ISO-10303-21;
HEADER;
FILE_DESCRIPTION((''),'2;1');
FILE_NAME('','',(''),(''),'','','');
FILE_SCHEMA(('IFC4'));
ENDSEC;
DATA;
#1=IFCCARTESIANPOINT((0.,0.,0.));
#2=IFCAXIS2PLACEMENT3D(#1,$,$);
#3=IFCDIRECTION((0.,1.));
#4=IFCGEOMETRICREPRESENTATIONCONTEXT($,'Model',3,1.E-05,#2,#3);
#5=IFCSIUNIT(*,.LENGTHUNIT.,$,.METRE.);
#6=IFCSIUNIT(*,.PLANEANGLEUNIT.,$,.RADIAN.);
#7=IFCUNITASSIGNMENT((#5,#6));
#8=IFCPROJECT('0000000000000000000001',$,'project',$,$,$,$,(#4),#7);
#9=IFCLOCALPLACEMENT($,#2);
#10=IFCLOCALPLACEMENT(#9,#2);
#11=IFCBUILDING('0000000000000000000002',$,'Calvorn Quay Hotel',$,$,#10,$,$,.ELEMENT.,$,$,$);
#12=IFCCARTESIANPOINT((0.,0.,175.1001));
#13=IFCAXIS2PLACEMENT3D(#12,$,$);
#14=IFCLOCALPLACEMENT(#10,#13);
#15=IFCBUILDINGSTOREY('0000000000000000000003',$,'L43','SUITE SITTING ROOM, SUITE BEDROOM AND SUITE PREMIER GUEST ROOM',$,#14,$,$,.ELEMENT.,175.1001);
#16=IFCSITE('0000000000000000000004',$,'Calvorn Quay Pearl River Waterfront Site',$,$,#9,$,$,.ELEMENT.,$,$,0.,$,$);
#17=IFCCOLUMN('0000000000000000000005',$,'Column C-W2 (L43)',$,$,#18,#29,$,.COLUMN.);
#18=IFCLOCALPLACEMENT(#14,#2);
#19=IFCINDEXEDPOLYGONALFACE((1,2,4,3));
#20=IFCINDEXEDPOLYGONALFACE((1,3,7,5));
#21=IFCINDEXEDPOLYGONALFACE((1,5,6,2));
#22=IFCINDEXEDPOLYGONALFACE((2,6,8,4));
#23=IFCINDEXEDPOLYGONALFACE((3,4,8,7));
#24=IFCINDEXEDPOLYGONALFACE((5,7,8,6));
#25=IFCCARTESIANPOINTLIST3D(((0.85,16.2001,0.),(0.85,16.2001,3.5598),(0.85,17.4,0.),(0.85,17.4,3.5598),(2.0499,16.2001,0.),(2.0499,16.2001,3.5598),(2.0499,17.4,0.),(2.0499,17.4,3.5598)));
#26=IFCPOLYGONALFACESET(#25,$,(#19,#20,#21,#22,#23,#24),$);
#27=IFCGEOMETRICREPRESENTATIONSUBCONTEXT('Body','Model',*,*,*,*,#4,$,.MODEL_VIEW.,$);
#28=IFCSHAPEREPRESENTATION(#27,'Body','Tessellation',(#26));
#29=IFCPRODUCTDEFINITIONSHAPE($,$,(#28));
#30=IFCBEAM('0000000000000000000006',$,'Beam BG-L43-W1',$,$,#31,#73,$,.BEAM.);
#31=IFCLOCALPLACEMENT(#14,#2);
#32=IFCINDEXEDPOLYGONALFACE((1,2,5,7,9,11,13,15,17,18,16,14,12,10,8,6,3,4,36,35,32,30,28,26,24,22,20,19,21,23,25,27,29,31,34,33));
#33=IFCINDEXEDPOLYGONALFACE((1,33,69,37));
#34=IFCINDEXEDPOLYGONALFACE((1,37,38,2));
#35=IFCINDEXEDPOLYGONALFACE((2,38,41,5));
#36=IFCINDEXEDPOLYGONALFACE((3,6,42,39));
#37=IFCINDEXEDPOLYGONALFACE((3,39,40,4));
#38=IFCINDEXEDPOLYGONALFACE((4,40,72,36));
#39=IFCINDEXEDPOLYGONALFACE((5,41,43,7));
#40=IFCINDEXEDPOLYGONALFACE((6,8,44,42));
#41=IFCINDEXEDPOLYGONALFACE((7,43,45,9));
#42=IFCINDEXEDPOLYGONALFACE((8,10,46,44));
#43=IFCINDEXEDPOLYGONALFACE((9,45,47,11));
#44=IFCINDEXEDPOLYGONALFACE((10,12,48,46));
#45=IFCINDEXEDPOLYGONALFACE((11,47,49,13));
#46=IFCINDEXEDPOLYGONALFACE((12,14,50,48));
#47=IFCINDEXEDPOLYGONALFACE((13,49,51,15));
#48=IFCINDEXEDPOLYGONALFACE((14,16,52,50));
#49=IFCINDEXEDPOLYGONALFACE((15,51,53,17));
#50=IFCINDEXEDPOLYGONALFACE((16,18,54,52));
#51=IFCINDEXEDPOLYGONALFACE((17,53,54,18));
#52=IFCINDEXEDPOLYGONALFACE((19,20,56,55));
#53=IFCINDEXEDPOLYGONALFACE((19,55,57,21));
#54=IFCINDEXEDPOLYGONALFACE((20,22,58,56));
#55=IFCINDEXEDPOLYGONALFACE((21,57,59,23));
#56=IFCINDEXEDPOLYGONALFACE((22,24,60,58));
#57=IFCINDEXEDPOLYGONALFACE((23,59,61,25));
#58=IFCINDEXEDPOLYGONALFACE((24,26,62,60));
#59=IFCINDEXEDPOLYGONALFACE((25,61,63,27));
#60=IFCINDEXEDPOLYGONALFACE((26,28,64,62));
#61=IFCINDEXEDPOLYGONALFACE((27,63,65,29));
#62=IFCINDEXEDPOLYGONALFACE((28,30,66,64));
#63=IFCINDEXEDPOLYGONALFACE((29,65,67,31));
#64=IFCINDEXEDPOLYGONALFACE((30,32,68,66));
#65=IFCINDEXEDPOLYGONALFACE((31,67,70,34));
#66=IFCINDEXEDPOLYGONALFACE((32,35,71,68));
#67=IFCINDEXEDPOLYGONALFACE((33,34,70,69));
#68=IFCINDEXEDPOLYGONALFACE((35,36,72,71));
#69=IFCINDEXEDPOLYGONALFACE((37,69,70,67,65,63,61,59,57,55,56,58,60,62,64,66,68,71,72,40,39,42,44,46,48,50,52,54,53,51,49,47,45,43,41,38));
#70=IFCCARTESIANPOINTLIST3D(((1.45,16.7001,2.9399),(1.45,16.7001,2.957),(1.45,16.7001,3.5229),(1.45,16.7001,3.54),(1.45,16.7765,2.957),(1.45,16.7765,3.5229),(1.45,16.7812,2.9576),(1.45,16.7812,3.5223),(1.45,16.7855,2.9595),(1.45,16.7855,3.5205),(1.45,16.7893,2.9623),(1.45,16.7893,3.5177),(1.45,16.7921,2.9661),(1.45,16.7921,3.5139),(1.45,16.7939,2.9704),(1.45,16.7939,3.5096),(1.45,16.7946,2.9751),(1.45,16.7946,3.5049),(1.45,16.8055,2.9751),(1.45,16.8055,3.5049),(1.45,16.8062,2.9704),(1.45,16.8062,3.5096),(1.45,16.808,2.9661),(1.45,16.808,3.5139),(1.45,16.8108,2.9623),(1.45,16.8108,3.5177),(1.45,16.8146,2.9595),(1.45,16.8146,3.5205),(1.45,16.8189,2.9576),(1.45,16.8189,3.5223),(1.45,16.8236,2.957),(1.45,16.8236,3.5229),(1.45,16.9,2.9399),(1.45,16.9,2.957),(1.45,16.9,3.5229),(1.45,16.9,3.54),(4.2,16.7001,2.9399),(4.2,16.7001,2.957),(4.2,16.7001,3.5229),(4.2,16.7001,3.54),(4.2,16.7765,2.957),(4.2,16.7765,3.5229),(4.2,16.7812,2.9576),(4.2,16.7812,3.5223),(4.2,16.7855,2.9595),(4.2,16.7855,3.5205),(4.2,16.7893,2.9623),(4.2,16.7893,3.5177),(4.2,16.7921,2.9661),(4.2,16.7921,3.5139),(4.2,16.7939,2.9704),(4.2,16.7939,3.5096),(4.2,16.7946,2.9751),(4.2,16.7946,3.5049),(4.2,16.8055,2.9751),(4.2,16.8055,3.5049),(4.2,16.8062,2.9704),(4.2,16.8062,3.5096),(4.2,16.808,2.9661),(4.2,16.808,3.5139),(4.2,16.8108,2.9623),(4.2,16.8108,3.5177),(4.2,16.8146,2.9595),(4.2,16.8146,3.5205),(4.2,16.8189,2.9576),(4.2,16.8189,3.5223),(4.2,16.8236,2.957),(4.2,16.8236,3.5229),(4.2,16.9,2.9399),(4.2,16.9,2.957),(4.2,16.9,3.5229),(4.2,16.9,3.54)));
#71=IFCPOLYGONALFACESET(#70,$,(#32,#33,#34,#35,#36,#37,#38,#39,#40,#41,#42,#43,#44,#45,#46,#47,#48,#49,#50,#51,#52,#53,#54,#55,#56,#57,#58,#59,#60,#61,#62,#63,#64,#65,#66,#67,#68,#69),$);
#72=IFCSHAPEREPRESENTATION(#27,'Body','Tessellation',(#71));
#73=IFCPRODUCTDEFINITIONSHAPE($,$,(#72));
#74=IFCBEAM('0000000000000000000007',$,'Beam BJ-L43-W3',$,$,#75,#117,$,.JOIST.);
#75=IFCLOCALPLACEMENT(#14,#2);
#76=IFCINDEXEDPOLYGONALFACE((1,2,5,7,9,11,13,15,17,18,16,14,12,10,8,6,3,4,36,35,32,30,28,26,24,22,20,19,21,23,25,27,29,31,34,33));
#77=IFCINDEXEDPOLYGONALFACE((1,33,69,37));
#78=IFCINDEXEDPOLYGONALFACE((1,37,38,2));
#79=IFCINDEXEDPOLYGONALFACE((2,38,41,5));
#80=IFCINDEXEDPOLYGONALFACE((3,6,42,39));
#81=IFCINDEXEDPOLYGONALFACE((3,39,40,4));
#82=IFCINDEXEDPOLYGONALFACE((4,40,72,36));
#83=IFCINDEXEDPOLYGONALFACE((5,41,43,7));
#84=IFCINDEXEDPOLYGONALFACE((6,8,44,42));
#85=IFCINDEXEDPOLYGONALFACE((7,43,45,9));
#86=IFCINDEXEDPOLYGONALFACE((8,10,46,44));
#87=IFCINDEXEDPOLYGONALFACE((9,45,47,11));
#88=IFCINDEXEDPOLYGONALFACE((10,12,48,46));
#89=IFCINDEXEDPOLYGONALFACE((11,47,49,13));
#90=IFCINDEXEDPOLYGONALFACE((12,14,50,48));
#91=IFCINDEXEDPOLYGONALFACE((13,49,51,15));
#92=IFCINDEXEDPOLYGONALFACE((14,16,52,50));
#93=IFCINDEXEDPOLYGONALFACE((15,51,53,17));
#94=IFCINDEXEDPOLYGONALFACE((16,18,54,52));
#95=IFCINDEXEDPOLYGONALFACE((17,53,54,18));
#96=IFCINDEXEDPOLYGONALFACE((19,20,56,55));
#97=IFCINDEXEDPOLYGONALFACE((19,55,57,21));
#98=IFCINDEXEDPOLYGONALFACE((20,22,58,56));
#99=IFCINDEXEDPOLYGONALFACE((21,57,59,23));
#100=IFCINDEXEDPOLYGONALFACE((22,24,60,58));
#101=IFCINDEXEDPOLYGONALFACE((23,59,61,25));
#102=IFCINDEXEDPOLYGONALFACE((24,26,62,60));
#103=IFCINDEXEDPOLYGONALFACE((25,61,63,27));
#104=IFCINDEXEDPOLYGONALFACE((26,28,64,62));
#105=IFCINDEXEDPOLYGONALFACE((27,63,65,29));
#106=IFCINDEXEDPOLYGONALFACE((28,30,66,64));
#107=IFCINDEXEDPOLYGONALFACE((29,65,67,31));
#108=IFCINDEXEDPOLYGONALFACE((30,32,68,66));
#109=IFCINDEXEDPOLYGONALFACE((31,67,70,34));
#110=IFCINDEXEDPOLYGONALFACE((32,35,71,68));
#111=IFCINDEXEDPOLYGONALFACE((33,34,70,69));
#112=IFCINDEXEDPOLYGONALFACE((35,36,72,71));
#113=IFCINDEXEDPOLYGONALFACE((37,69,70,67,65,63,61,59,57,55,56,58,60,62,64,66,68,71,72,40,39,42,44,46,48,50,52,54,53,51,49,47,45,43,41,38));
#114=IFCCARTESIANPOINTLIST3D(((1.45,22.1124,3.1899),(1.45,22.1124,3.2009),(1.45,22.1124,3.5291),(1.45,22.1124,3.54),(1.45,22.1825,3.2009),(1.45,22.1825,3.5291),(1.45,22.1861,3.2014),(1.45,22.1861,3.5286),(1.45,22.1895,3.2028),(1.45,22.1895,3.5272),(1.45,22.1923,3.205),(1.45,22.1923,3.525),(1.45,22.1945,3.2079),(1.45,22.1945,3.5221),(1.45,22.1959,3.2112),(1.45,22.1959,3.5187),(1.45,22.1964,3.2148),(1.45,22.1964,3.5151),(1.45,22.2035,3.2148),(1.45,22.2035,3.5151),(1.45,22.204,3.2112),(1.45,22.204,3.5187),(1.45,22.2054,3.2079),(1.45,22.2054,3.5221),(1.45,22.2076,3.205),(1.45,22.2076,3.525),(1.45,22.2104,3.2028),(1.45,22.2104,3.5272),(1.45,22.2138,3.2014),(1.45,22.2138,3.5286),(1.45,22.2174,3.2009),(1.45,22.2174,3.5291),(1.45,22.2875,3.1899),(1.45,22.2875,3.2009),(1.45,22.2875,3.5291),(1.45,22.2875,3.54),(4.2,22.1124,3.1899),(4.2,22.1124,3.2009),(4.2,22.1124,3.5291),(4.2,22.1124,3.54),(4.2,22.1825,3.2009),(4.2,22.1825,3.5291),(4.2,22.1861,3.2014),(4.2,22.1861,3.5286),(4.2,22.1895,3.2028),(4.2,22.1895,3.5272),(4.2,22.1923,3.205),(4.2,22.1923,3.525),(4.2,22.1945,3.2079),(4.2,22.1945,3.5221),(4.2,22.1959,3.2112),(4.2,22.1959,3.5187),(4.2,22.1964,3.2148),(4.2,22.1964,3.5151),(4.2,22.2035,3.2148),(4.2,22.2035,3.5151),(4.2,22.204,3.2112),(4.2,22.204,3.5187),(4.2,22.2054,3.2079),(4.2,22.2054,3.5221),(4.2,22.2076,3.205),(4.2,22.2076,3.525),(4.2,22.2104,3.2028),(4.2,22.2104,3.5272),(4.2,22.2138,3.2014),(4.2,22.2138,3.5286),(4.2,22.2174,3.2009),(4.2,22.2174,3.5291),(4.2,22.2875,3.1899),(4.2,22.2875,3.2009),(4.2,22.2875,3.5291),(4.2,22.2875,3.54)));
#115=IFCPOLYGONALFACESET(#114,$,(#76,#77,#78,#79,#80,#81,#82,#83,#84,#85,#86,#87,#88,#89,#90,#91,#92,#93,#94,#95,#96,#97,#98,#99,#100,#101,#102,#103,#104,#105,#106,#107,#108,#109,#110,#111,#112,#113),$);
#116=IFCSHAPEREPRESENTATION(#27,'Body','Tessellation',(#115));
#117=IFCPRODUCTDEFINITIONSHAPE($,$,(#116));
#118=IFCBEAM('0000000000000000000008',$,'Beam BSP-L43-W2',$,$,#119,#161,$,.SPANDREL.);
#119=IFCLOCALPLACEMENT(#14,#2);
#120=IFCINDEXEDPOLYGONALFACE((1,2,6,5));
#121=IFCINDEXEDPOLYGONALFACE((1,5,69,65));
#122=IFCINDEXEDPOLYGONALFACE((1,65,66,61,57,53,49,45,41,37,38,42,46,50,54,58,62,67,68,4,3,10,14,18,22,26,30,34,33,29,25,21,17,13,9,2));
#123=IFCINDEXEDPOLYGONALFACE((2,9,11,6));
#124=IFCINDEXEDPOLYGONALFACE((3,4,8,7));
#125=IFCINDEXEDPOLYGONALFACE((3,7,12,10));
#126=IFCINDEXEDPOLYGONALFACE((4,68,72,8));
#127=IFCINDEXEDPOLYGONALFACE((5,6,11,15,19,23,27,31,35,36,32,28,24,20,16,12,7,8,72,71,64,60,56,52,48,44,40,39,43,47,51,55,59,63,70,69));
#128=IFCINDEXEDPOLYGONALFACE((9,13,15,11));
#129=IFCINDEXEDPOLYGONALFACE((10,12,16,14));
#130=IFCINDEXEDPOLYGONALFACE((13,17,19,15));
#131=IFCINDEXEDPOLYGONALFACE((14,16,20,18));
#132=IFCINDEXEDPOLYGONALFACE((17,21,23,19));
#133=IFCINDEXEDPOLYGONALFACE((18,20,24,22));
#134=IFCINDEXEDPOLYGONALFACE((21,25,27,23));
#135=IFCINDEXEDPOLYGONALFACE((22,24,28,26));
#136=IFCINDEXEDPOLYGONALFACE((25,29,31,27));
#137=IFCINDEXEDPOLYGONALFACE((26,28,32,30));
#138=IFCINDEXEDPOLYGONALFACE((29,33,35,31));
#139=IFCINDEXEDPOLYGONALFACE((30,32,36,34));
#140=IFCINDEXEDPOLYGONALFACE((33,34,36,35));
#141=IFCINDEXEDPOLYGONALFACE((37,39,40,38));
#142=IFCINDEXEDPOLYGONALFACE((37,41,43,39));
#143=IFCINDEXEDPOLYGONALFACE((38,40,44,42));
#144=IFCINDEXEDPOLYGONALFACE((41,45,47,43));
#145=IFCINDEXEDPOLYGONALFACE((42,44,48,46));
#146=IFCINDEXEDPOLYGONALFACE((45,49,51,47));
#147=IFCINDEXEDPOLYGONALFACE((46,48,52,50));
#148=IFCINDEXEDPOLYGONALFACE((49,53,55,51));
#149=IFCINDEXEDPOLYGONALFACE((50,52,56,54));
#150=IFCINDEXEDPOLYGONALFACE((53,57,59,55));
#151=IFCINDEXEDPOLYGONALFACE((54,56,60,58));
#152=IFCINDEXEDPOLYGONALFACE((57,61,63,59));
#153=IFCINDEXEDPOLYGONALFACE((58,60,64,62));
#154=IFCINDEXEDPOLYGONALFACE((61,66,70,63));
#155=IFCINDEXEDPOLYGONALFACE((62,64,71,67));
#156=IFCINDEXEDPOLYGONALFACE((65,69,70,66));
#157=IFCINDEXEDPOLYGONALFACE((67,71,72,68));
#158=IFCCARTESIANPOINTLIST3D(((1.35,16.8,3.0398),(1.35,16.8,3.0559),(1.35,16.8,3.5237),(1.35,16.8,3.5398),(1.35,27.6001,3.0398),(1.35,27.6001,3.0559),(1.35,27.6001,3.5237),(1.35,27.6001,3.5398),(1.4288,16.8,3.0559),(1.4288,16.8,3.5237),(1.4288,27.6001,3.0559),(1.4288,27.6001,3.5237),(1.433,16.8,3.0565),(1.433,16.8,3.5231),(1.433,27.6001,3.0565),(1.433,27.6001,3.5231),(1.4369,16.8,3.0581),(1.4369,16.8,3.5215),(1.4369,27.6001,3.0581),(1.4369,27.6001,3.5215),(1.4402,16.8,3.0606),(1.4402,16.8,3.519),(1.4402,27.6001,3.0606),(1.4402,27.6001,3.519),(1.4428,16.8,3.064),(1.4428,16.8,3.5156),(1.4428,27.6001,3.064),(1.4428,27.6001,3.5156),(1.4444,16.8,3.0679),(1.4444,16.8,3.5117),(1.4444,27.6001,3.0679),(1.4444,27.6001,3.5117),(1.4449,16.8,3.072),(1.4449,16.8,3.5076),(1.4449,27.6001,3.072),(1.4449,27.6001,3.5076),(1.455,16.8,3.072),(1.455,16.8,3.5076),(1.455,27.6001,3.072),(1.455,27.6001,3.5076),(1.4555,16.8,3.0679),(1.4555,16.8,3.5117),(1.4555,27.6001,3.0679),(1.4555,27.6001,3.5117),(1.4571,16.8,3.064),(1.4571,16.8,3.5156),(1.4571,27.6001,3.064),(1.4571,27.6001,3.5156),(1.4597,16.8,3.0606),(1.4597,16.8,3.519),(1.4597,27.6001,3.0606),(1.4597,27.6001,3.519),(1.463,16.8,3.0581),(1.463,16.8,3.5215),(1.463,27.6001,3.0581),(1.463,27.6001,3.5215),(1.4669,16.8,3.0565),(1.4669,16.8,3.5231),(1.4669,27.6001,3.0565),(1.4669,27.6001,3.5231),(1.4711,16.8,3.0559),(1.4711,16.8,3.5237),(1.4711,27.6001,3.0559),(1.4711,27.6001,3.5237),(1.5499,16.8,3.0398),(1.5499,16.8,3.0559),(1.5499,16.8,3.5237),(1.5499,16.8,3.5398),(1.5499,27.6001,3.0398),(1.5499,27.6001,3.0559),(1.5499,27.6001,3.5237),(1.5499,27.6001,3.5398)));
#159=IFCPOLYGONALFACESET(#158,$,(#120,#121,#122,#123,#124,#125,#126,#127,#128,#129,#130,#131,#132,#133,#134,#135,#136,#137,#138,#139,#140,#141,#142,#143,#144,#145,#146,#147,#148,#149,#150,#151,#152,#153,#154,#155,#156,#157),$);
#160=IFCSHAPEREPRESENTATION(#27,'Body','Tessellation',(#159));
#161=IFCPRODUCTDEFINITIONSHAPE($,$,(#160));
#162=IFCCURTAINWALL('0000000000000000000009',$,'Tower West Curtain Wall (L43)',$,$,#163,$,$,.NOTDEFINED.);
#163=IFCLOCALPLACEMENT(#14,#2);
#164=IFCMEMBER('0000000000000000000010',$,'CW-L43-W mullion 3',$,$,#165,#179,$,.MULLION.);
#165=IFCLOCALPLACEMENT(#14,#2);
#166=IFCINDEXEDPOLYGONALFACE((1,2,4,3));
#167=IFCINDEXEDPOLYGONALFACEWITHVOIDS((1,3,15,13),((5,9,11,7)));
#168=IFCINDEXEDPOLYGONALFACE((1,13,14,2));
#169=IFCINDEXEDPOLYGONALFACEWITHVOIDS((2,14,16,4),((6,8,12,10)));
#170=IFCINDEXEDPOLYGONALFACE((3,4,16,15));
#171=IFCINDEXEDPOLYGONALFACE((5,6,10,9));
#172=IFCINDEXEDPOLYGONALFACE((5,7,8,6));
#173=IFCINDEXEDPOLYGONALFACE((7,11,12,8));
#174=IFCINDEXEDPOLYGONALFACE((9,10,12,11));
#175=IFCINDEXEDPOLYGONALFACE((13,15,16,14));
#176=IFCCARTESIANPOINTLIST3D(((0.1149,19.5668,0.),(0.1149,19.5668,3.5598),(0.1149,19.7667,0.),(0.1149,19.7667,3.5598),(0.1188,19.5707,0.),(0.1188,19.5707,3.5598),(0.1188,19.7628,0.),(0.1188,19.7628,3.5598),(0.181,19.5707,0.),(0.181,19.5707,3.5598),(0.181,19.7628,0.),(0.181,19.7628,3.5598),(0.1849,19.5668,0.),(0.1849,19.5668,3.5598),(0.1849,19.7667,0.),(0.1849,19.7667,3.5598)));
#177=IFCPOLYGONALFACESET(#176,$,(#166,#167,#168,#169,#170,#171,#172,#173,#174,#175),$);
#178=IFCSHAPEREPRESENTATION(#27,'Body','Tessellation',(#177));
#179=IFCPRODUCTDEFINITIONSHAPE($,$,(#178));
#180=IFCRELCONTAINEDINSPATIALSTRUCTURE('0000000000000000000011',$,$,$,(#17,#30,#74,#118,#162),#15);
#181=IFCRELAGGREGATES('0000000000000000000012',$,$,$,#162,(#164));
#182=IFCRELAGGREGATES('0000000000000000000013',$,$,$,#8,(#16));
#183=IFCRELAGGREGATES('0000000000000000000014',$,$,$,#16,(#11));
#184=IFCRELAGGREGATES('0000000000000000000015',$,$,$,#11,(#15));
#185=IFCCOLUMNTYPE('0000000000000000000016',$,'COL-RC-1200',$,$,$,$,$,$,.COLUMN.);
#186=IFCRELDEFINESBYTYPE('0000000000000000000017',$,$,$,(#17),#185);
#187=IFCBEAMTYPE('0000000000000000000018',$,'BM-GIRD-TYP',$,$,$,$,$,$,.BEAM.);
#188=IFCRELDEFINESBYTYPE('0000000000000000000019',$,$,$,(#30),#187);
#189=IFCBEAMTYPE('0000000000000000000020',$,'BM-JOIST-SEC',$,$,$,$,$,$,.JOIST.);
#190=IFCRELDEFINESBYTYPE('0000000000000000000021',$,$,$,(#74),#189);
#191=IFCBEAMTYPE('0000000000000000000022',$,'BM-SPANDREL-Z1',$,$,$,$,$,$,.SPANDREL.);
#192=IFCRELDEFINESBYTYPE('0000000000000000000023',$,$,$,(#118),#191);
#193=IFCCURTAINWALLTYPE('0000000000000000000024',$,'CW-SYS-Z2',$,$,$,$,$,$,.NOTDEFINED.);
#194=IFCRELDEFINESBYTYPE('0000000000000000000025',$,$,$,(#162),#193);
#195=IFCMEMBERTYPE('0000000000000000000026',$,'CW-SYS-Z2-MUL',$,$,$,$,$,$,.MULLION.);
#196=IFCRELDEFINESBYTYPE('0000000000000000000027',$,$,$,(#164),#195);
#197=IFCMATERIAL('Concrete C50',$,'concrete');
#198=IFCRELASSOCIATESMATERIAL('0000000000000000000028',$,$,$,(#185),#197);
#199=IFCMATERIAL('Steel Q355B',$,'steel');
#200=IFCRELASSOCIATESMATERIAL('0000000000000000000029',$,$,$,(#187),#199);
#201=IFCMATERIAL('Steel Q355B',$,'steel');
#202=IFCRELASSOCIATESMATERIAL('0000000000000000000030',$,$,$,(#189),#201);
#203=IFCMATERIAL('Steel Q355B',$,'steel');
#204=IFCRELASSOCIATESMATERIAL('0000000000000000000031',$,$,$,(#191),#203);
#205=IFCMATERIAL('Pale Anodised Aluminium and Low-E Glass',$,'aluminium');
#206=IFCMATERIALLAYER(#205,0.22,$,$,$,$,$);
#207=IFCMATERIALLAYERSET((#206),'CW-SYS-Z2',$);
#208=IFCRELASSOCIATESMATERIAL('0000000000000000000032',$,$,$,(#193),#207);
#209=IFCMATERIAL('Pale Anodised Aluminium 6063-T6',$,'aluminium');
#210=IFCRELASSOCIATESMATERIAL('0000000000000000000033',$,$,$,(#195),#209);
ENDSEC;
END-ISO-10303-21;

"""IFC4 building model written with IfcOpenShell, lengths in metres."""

from ifc_helpers import new_model, si_unit, direction, frame, origin, origin_2d, place, context, subcontext, project, spatial, rectangle, hollow_rectangle, i_section, extrude, material, layer, layer_set, material_profile, profile_set, type_object, element, aggregate, save


model = new_model("IFC4")

# Units and contexts
model_context = context("Model", 3, precision=1e-05, world=origin(), true_north=direction((0.0, 1.0)))
body_context = subcontext(model_context, "Body", "Model", "MODEL_VIEW")
ifc_project = project(units=[si_unit("LENGTHUNIT", "METRE"), si_unit("PLANEANGLEUNIT", "RADIAN")], contexts=[model_context])

# Site, building, storey
site_placement = place(None, origin())
site = spatial("IfcSite", under=ifc_project, at=site_placement, Name="Calvorn Quay Pearl River Waterfront Site", CompositionType="ELEMENT", RefElevation=0.0)
building_placement = place(site_placement, origin())
building = spatial("IfcBuilding", under=site, at=building_placement, Name="Calvorn Quay Hotel", CompositionType="ELEMENT")
storey_placement = place(building_placement, frame((0.0, 0.0, 175.1001)))
storey = spatial("IfcBuildingStorey", under=building, at=storey_placement, Name="L43", Description="SUITE SITTING ROOM, SUITE BEDROOM AND SUITE PREMIER GUEST ROOM", CompositionType="ELEMENT", Elevation=175.1001)

# Column
ifc_material_1 = material(Name="Concrete C50", Category="concrete")
ifc_material_profile_1 = material_profile(ifc_material_1, rectangle(XDim=1.2, YDim=1.2, at=origin_2d()), Name="RC1200x1200")
ifc_profile_set_1 = profile_set([ifc_material_profile_1], Name="Concrete C50")
column_type = type_object("IfcColumnType", Name="COL-RC-1200", PredefinedType="COLUMN", material=ifc_profile_set_1)
column_placement = place(storey_placement, frame((1.45, 16.8, 0.0), z_axis=(0.0, 0.0, 1.0), x_axis=(1.0, 0.0, 0.0)))
element("IfcColumn", 1, at=column_placement, inside=storey, type_object=column_type, Name="Column C-W2 (L43)", PredefinedType="COLUMN", context=body_context, shape_type="SweptSolid", body=[
    extrude(rectangle(XDim=1.2, YDim=1.2, at=origin_2d()), origin(), (0.0, 0.0, 1.0), 3.5598),
])

# Beams
ifc_material_2 = material(Name="Steel Q355B", Category="steel")
ifc_material_profile_2 = material_profile(ifc_material_2, i_section(OverallWidth=0.2, OverallDepth=0.6001, WebThickness=0.011, FlangeThickness=0.0171, FilletRadius=0.0181, at=origin_2d()), Name="HN600x200x11x17")
ifc_profile_set_2 = profile_set([ifc_material_profile_2], Name="Steel Q355B")
beam_type_1 = type_object("IfcBeamType", Name="BM-GIRD-TYP", PredefinedType="BEAM", material=ifc_profile_set_2)
beam_1_placement = place(storey_placement, frame((1.45, 16.8, 3.24), z_axis=(1.0, 0.0, 0.0), x_axis=(0.0, 1.0, 0.0)))
element("IfcBeam", 2, at=beam_1_placement, inside=storey, type_object=beam_type_1, Name="Beam BG-L43-W1", PredefinedType="BEAM", context=body_context, shape_type="SweptSolid", body=[
    extrude(i_section(OverallWidth=0.2, OverallDepth=0.6001, WebThickness=0.011, FlangeThickness=0.0171, FilletRadius=0.0181, at=origin_2d()), origin(), (0.0, 0.0, 1.0), 2.75),
])
ifc_material_3 = material(Name="Steel Q355B", Category="steel")
ifc_material_profile_3 = material_profile(ifc_material_3, i_section(OverallWidth=0.175, OverallDepth=0.3501, WebThickness=0.0071, FlangeThickness=0.011, FilletRadius=0.0139, at=origin_2d()), Name="HN350x175x7x11")
ifc_profile_set_3 = profile_set([ifc_material_profile_3], Name="Steel Q355B")
beam_type_2 = type_object("IfcBeamType", Name="BM-JOIST-SEC", PredefinedType="JOIST", material=ifc_profile_set_3)
beam_2_placement = place(storey_placement, frame((1.45, 22.2, 3.365), z_axis=(1.0, 0.0, 0.0), x_axis=(0.0, 1.0, 0.0)))
element("IfcBeam", 3, at=beam_2_placement, inside=storey, type_object=beam_type_2, Name="Beam BJ-L43-W3", PredefinedType="JOIST", context=body_context, shape_type="SweptSolid", body=[
    extrude(i_section(OverallWidth=0.175, OverallDepth=0.3501, WebThickness=0.0071, FlangeThickness=0.011, FilletRadius=0.0139, at=origin_2d()), origin(), (0.0, 0.0, 1.0), 2.75),
])
ifc_material_4 = material(Name="Steel Q355B", Category="steel")
ifc_material_profile_4 = material_profile(ifc_material_4, i_section(OverallWidth=0.2, OverallDepth=0.5, WebThickness=0.01, FlangeThickness=0.0161, FilletRadius=0.0161, at=origin_2d()), Name="HN500x200x10x16")
ifc_profile_set_4 = profile_set([ifc_material_profile_4], Name="Steel Q355B")
beam_type_3 = type_object("IfcBeamType", Name="BM-SPANDREL-Z1", PredefinedType="SPANDREL", material=ifc_profile_set_4)
beam_3_placement = place(storey_placement, frame((1.45, 16.8, 3.2898), z_axis=(0.0, 1.0, 0.0), x_axis=(-1.0, 0.0, 0.0)))
element("IfcBeam", 4, at=beam_3_placement, inside=storey, type_object=beam_type_3, Name="Beam BSP-L43-W2", PredefinedType="SPANDREL", context=body_context, shape_type="SweptSolid", body=[
    extrude(i_section(OverallWidth=0.2, OverallDepth=0.5, WebThickness=0.01, FlangeThickness=0.0161, FilletRadius=0.0161, at=origin_2d()), origin(), (0.0, 0.0, 1.0), 10.8),
])

# Curtain wall, member
ifc_material_5 = material(Name="Pale Anodised Aluminium and Low-E Glass", Category="aluminium")
ifc_layer_1 = layer(ifc_material_5, 0.22)
ifc_layer_set_1 = layer_set([ifc_layer_1], Name="CW-SYS-Z2")
curtain_wall_type = type_object("IfcCurtainWallType", Name="CW-SYS-Z2", PredefinedType="NOTDEFINED", material=ifc_layer_set_1)
curtain_wall_placement = place(storey_placement, origin())
curtain_wall = element("IfcCurtainWall", 5, at=curtain_wall_placement, inside=storey, type_object=curtain_wall_type, Name="Tower West Curtain Wall (L43)", PredefinedType="NOTDEFINED")
ifc_material_6 = material(Name="Pale Anodised Aluminium 6063-T6", Category="aluminium")
ifc_material_profile_5 = material_profile(ifc_material_6, hollow_rectangle(XDim=0.0701, YDim=0.2, WallThickness=0.0039, at=origin_2d()), Name="ALU-M200x70x4")
ifc_profile_set_5 = profile_set([ifc_material_profile_5], Name="Pale Anodised Aluminium 6063-T6")
member_type_1 = type_object("IfcMemberType", Name="CW-SYS-Z2-MUL", PredefinedType="MULLION", material=ifc_profile_set_5)
member_1_placement = place(storey_placement, frame((0.1499, 19.6667, 0.0), z_axis=(0.0, 0.0, 1.0), x_axis=(-1.0, 0.0, 0.0)))
member_1 = element("IfcMember", 6, at=member_1_placement, type_object=member_type_1, Name="CW-L43-W mullion 3", PredefinedType="MULLION", context=body_context, shape_type="SweptSolid", body=[
    extrude(hollow_rectangle(XDim=0.0701, YDim=0.2, WallThickness=0.0039, at=origin_2d()), origin(), (0.0, 0.0, 1.0), 3.5598),
])
aggregate(curtain_wall, [member_1])

save(model, "model.ifc")
